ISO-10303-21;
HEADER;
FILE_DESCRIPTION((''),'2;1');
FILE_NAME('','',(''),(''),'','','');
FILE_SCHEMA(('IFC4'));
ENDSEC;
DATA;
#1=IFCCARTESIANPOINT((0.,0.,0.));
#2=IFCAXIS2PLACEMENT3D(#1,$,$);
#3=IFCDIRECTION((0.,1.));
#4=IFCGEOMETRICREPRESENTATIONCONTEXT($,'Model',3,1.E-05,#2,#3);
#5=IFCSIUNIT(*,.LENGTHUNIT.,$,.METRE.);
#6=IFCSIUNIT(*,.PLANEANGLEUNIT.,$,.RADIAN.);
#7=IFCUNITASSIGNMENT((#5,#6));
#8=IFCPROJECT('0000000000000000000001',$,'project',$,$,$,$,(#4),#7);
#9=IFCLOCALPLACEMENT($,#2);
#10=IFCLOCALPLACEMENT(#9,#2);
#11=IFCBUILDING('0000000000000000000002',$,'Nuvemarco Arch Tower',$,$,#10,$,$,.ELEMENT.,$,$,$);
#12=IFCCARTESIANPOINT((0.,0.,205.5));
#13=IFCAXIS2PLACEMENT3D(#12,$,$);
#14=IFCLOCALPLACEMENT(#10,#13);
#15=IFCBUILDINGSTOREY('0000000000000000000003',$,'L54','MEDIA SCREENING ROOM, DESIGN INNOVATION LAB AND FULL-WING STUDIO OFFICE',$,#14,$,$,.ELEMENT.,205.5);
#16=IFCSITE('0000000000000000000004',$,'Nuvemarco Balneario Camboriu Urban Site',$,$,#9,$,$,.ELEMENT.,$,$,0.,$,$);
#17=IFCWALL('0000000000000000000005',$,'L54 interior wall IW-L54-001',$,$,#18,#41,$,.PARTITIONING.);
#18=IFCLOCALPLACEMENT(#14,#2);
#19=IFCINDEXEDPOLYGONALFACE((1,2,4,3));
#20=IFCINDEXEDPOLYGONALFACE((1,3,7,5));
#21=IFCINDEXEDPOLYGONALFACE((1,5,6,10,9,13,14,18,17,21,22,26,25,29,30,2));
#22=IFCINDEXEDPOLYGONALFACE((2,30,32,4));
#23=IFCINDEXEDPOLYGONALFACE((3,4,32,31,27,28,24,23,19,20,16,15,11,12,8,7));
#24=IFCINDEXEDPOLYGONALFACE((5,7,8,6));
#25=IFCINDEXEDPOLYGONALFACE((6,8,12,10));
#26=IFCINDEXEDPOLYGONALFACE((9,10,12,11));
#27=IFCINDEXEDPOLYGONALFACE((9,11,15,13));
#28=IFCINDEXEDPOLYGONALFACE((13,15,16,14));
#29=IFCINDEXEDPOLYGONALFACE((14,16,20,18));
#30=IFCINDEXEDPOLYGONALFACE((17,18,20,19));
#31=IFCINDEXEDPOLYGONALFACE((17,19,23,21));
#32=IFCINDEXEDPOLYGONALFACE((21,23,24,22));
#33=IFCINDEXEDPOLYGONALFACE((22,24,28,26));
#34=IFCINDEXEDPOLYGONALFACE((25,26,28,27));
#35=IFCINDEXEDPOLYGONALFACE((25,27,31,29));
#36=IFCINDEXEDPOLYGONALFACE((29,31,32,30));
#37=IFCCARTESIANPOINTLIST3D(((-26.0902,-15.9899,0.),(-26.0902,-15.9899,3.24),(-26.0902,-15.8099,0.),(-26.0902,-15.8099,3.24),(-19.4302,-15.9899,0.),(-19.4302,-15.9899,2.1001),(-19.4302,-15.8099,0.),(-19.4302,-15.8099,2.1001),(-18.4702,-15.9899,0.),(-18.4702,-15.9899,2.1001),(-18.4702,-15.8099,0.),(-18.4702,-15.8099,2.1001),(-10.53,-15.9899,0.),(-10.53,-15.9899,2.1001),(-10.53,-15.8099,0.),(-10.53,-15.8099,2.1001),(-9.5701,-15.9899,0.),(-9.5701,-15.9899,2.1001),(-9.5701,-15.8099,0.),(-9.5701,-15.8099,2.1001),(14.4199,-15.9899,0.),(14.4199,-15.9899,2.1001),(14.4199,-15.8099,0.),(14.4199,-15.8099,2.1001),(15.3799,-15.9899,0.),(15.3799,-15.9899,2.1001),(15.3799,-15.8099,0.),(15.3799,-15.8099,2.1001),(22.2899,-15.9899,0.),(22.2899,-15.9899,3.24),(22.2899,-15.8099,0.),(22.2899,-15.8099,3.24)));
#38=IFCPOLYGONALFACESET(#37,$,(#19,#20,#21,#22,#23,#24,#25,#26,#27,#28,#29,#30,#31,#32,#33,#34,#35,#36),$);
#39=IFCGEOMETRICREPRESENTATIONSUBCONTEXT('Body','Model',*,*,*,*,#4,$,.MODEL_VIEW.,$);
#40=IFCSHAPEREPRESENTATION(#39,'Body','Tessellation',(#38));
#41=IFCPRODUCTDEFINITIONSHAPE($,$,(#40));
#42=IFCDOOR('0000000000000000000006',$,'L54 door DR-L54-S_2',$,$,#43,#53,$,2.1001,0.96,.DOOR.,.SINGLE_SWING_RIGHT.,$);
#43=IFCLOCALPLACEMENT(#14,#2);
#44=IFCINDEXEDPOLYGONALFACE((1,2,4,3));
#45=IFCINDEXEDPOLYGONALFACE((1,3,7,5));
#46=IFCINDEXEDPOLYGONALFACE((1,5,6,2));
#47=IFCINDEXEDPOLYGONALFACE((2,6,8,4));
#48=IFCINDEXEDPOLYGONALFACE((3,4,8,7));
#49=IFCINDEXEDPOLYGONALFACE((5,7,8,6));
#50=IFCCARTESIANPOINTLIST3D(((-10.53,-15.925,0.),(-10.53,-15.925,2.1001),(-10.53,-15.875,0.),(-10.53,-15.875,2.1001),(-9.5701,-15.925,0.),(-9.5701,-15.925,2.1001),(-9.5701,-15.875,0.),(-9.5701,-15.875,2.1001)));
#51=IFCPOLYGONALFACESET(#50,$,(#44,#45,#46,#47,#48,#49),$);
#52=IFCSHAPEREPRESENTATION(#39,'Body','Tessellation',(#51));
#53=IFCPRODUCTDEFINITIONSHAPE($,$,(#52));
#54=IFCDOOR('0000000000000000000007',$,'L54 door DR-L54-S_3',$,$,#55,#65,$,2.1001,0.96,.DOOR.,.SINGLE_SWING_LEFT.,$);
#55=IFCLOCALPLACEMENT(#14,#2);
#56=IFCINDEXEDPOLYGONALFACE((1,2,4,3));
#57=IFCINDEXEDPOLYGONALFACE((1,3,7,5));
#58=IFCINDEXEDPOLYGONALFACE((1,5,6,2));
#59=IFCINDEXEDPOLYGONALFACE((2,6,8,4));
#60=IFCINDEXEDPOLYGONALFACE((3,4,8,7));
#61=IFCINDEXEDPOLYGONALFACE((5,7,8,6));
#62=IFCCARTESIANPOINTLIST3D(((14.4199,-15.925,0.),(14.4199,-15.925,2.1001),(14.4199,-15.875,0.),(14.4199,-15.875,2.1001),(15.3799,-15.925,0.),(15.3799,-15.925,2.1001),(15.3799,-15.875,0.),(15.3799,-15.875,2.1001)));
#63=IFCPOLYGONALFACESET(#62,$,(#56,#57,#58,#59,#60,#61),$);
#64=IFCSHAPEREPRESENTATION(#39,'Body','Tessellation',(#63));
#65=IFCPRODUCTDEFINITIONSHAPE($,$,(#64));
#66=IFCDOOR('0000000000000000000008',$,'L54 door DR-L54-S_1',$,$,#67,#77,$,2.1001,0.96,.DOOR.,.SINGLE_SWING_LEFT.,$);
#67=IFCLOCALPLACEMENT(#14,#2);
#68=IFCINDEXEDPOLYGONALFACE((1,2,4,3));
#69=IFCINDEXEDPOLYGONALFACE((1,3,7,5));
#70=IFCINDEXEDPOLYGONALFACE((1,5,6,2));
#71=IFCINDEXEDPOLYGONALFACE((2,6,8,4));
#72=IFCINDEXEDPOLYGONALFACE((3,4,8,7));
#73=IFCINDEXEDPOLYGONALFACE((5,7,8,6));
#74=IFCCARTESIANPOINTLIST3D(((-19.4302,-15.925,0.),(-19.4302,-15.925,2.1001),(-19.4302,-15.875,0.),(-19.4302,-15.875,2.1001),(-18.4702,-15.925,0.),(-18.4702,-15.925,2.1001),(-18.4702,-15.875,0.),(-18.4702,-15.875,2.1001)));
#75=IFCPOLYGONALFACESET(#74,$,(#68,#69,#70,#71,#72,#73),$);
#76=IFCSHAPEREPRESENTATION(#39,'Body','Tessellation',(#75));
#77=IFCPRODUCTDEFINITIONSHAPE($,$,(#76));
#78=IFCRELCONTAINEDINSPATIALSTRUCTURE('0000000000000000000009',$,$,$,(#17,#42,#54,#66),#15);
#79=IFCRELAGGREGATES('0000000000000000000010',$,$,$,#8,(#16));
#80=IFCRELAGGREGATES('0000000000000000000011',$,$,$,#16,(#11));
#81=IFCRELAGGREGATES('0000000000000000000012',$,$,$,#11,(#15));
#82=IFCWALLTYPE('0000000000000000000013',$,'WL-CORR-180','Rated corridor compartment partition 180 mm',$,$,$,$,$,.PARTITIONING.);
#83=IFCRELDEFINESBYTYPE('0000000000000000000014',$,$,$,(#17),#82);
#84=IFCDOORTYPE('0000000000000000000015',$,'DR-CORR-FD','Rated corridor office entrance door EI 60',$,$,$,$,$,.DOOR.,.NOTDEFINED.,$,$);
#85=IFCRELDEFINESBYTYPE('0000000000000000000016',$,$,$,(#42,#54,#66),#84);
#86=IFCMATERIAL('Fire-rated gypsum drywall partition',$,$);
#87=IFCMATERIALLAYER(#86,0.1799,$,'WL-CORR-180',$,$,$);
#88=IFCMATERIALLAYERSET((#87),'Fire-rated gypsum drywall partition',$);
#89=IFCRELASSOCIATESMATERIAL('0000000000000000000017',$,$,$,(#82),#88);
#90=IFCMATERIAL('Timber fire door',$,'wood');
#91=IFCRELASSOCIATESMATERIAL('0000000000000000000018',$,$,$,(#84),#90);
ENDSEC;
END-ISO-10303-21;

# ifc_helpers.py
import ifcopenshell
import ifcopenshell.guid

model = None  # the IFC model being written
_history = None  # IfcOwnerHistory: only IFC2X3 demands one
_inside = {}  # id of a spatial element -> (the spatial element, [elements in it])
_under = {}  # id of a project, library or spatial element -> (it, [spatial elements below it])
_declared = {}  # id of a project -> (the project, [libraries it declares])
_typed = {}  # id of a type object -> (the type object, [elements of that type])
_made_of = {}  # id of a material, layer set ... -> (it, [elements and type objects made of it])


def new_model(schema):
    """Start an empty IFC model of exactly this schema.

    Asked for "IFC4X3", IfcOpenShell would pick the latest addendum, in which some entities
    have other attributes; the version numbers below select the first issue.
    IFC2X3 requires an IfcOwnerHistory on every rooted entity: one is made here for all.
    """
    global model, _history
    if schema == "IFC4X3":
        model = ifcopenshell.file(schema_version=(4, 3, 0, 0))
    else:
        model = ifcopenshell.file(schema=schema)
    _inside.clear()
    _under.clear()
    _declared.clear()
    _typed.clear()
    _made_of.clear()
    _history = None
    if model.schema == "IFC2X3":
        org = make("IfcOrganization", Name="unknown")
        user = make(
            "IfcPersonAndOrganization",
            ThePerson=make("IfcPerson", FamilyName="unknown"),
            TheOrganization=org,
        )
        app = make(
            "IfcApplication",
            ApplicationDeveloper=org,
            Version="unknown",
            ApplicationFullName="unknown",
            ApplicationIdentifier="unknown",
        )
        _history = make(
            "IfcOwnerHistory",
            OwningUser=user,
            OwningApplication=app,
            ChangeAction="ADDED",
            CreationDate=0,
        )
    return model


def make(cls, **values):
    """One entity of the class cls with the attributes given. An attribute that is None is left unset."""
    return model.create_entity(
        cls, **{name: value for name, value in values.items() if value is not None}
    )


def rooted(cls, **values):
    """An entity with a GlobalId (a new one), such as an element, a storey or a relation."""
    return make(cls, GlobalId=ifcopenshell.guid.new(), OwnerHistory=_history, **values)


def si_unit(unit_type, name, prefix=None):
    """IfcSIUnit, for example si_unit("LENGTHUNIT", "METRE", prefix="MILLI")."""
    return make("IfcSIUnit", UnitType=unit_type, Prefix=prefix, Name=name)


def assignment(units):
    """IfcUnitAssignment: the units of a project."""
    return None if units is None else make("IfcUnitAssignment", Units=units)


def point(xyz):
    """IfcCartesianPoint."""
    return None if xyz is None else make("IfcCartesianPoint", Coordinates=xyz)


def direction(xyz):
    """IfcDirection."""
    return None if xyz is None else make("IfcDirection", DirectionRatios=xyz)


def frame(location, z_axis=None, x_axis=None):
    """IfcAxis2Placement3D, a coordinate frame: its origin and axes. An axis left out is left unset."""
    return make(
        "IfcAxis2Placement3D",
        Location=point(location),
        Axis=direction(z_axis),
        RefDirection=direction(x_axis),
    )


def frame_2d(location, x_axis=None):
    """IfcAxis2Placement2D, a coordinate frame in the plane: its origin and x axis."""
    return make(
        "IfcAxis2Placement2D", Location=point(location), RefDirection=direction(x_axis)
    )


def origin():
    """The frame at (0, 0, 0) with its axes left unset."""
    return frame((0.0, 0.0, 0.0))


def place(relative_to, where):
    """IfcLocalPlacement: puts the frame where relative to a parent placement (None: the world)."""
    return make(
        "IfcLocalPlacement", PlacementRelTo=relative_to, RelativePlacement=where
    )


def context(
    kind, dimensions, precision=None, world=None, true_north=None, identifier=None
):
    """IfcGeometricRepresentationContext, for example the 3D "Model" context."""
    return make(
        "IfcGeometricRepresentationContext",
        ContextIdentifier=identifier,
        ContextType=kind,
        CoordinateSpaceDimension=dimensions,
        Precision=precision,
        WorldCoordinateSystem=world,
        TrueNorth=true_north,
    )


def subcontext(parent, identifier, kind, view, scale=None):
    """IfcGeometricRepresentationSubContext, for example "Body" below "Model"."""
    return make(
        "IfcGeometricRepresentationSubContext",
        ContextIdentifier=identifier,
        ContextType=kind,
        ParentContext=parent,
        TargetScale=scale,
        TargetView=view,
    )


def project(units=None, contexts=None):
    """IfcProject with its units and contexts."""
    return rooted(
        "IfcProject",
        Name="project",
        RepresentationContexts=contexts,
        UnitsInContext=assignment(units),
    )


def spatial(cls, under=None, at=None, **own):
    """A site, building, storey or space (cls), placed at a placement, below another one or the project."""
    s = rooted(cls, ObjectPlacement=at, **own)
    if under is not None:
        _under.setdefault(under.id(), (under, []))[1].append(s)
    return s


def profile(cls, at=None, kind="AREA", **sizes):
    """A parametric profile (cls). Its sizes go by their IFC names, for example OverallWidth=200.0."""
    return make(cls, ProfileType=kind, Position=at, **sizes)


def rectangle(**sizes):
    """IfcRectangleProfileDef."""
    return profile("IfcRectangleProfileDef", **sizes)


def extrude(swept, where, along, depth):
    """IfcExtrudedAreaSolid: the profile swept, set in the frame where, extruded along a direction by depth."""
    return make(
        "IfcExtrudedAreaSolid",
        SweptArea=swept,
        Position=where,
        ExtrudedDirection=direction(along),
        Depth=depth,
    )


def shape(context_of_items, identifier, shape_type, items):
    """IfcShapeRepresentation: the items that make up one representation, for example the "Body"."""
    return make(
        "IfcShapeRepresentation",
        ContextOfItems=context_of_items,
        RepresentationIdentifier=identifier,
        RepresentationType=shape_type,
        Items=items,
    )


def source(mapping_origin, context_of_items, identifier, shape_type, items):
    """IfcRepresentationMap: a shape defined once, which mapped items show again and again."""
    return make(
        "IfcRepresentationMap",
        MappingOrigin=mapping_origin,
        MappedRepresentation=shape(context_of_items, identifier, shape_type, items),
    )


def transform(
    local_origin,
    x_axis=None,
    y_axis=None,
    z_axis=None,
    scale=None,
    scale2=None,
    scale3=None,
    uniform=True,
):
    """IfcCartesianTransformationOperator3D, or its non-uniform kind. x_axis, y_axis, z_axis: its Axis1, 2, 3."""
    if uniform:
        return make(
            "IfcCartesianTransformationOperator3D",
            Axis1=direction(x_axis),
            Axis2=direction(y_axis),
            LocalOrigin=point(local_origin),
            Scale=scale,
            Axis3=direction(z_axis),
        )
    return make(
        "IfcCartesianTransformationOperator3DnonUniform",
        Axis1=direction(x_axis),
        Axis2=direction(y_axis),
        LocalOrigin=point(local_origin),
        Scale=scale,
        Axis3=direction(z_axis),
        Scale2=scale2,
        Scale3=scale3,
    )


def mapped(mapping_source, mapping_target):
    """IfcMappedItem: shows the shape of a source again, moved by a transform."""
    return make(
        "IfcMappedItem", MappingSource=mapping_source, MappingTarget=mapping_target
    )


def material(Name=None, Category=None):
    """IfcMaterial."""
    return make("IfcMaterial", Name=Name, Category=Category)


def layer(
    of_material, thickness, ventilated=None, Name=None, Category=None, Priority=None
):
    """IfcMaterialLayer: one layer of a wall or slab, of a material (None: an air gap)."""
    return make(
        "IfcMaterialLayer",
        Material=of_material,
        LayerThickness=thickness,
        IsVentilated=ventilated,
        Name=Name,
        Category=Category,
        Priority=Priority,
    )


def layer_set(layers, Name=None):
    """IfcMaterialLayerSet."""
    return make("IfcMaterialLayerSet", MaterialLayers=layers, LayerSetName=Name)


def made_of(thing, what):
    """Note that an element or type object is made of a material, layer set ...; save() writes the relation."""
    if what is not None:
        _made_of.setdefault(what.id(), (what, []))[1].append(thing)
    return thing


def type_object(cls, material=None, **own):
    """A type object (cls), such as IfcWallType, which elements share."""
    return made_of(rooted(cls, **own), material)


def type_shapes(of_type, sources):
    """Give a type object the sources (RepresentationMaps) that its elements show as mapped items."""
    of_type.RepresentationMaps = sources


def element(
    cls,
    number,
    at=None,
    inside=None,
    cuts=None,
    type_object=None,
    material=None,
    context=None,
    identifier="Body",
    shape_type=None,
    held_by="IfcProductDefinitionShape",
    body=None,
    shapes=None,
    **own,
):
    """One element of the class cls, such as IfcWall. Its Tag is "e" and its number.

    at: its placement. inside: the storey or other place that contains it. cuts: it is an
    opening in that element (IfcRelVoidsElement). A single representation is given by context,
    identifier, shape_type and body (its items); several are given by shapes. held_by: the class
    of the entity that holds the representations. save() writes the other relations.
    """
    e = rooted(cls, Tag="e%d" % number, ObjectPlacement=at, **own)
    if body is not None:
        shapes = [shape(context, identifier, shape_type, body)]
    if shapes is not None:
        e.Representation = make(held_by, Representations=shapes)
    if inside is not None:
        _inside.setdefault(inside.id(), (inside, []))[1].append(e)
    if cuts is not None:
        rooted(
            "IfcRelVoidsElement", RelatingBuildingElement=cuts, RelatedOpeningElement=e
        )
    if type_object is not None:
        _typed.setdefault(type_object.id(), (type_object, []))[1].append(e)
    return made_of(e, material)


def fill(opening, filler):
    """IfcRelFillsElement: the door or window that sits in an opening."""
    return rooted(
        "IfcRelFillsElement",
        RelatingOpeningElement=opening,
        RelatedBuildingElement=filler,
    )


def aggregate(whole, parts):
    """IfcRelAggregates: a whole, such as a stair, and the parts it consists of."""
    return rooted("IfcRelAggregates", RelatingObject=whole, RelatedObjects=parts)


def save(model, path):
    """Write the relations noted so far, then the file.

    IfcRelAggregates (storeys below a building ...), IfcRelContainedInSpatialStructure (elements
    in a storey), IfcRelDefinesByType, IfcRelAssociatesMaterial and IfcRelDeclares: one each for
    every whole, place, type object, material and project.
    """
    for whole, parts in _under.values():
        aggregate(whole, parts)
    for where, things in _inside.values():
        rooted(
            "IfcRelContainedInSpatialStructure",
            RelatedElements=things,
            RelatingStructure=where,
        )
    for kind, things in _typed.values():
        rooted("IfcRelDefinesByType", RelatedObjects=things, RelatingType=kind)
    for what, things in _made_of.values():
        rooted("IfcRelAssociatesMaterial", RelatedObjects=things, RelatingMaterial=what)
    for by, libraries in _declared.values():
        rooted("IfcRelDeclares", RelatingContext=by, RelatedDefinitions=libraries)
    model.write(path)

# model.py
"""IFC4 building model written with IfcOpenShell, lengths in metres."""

from ifc_helpers import new_model, si_unit, direction, frame, frame_2d, origin, place, context, subcontext, project, spatial, rectangle, extrude, source, transform, mapped, material, layer, layer_set, type_object, type_shapes, element, fill, save


model = new_model("IFC4")

# Units and contexts
model_context = context("Model", 3, precision=1e-05, world=origin(), true_north=direction((0.0, 1.0)))
body_context = subcontext(model_context, "Body", "Model", "MODEL_VIEW")
ifc_project = project(units=[si_unit("LENGTHUNIT", "METRE"), si_unit("PLANEANGLEUNIT", "RADIAN")], contexts=[model_context])

# Site, building, storey
site_placement = place(None, origin())
site = spatial("IfcSite", under=ifc_project, at=site_placement, Name="Nuvemarco Balneario Camboriu Urban Site", CompositionType="ELEMENT", RefElevation=0.0)
building_placement = place(site_placement, origin())
building = spatial("IfcBuilding", under=site, at=building_placement, Name="Nuvemarco Arch Tower", CompositionType="ELEMENT")
storey_placement = place(building_placement, frame((0.0, 0.0, 205.5)))
storey = spatial("IfcBuildingStorey", under=building, at=storey_placement, Name="L54", Description="MEDIA SCREENING ROOM, DESIGN INNOVATION LAB AND FULL-WING STUDIO OFFICE", CompositionType="ELEMENT", Elevation=205.5)

# Wall, openings, doors
ifc_material_1 = material(Name="Fire-rated gypsum drywall partition")
ifc_layer_1 = layer(ifc_material_1, 0.1799, Name="WL-CORR-180")
ifc_layer_set_1 = layer_set([ifc_layer_1], Name="Fire-rated gypsum drywall partition")
wall_type_1 = type_object("IfcWallType", Name="WL-CORR-180", Description="Rated corridor compartment partition 180 mm", PredefinedType="PARTITIONING", material=ifc_layer_set_1)
wall_1_placement = place(storey_placement, frame((-26.0901, -15.8999, 0.0), z_axis=(0.0, 0.0, 1.0), x_axis=(1.0, 0.0, 0.0)))
wall_1 = element("IfcWall", 1, at=wall_1_placement, inside=storey, type_object=wall_type_1, Name="L54 interior wall IW-L54-001", PredefinedType="PARTITIONING", context=body_context, shape_type="SweptSolid", body=[
    extrude(rectangle(XDim=48.3801, YDim=0.1799, at=frame_2d((24.1899, 0.0))), origin(), (0.0, 0.0, 1.0), 3.24),
])
opening_1_placement = place(wall_1_placement, frame((15.5601, 0.0, 0.0)))
opening_1 = element("IfcOpeningElement", 2, at=opening_1_placement, cuts=wall_1, PredefinedType="OPENING", context=body_context, shape_type="SweptSolid", body=[
    extrude(rectangle(XDim=0.96, YDim=2.1001, at=frame_2d((0.48, 1.05))), frame((0.0, 0.0999, 0.0), z_axis=(0.0, -1.0, 0.0), x_axis=(1.0, 0.0, 0.0)), (0.0, 0.0, 1.0), 0.2),
])
opening_2_placement = place(wall_1_placement, frame((40.51, 0.0, 0.0)))
opening_2 = element("IfcOpeningElement", 3, at=opening_2_placement, cuts=wall_1, PredefinedType="OPENING", context=body_context, shape_type="SweptSolid", body=[
    extrude(rectangle(XDim=0.96, YDim=2.1001, at=frame_2d((0.48, 1.05))), frame((0.0, 0.0999, 0.0), z_axis=(0.0, -1.0, 0.0), x_axis=(1.0, 0.0, 0.0)), (0.0, 0.0, 1.0), 0.2),
])
opening_3_placement = place(wall_1_placement, frame((6.6599, 0.0, 0.0)))
opening_3 = element("IfcOpeningElement", 4, at=opening_3_placement, cuts=wall_1, PredefinedType="OPENING", context=body_context, shape_type="SweptSolid", body=[
    extrude(rectangle(XDim=0.96, YDim=2.1001, at=frame_2d((0.48, 1.05))), frame((0.0, 0.0999, 0.0), z_axis=(0.0, -1.0, 0.0), x_axis=(1.0, 0.0, 0.0)), (0.0, 0.0, 1.0), 0.2),
])
ifc_material_2 = material(Name="Timber fire door", Category="wood")
door_type = type_object("IfcDoorType", Name="DR-CORR-FD", Description="Rated corridor office entrance door EI 60", OperationType="NOTDEFINED", PredefinedType="DOOR", material=ifc_material_2)
shared_shape_1 = source(origin(), body_context, "Body", "SweptSolid", [
    extrude(rectangle(XDim=0.96, YDim=2.1001, at=frame_2d((0.48, 1.05))), frame((0.0, 0.0249, 0.0), z_axis=(0.0, -1.0, 0.0), x_axis=(1.0, 0.0, 0.0)), (0.0, 0.0, 1.0), 0.05),
])
type_shapes(door_type, [shared_shape_1])
door_1_placement = place(opening_1_placement, origin())
door_1 = element("IfcDoor", 5, at=door_1_placement, inside=storey, type_object=door_type, Name="L54 door DR-L54-S_2", OperationType="SINGLE_SWING_RIGHT", OverallHeight=2.1001, OverallWidth=0.96, PredefinedType="DOOR", context=body_context, shape_type="MappedRepresentation", body=[
    mapped(shared_shape_1, transform((0.0, 0.0, 0.0), scale=1.0)),
])
fill(opening_1, door_1)
door_2_placement = place(opening_2_placement, origin())
door_2 = element("IfcDoor", 6, at=door_2_placement, inside=storey, type_object=door_type, Name="L54 door DR-L54-S_3", OperationType="SINGLE_SWING_LEFT", OverallHeight=2.1001, OverallWidth=0.96, PredefinedType="DOOR", context=body_context, shape_type="MappedRepresentation", body=[
    mapped(shared_shape_1, transform((0.0, 0.0, 0.0), scale=1.0)),
])
fill(opening_2, door_2)
door_3_placement = place(opening_3_placement, origin())
door_3 = element("IfcDoor", 7, at=door_3_placement, inside=storey, type_object=door_type, Name="L54 door DR-L54-S_1", OperationType="SINGLE_SWING_LEFT", OverallHeight=2.1001, OverallWidth=0.96, PredefinedType="DOOR", context=body_context, shape_type="MappedRepresentation", body=[
    mapped(shared_shape_1, transform((0.0, 0.0, 0.0), scale=1.0)),
])
fill(opening_3, door_3)

save(model, "model.ifc")
